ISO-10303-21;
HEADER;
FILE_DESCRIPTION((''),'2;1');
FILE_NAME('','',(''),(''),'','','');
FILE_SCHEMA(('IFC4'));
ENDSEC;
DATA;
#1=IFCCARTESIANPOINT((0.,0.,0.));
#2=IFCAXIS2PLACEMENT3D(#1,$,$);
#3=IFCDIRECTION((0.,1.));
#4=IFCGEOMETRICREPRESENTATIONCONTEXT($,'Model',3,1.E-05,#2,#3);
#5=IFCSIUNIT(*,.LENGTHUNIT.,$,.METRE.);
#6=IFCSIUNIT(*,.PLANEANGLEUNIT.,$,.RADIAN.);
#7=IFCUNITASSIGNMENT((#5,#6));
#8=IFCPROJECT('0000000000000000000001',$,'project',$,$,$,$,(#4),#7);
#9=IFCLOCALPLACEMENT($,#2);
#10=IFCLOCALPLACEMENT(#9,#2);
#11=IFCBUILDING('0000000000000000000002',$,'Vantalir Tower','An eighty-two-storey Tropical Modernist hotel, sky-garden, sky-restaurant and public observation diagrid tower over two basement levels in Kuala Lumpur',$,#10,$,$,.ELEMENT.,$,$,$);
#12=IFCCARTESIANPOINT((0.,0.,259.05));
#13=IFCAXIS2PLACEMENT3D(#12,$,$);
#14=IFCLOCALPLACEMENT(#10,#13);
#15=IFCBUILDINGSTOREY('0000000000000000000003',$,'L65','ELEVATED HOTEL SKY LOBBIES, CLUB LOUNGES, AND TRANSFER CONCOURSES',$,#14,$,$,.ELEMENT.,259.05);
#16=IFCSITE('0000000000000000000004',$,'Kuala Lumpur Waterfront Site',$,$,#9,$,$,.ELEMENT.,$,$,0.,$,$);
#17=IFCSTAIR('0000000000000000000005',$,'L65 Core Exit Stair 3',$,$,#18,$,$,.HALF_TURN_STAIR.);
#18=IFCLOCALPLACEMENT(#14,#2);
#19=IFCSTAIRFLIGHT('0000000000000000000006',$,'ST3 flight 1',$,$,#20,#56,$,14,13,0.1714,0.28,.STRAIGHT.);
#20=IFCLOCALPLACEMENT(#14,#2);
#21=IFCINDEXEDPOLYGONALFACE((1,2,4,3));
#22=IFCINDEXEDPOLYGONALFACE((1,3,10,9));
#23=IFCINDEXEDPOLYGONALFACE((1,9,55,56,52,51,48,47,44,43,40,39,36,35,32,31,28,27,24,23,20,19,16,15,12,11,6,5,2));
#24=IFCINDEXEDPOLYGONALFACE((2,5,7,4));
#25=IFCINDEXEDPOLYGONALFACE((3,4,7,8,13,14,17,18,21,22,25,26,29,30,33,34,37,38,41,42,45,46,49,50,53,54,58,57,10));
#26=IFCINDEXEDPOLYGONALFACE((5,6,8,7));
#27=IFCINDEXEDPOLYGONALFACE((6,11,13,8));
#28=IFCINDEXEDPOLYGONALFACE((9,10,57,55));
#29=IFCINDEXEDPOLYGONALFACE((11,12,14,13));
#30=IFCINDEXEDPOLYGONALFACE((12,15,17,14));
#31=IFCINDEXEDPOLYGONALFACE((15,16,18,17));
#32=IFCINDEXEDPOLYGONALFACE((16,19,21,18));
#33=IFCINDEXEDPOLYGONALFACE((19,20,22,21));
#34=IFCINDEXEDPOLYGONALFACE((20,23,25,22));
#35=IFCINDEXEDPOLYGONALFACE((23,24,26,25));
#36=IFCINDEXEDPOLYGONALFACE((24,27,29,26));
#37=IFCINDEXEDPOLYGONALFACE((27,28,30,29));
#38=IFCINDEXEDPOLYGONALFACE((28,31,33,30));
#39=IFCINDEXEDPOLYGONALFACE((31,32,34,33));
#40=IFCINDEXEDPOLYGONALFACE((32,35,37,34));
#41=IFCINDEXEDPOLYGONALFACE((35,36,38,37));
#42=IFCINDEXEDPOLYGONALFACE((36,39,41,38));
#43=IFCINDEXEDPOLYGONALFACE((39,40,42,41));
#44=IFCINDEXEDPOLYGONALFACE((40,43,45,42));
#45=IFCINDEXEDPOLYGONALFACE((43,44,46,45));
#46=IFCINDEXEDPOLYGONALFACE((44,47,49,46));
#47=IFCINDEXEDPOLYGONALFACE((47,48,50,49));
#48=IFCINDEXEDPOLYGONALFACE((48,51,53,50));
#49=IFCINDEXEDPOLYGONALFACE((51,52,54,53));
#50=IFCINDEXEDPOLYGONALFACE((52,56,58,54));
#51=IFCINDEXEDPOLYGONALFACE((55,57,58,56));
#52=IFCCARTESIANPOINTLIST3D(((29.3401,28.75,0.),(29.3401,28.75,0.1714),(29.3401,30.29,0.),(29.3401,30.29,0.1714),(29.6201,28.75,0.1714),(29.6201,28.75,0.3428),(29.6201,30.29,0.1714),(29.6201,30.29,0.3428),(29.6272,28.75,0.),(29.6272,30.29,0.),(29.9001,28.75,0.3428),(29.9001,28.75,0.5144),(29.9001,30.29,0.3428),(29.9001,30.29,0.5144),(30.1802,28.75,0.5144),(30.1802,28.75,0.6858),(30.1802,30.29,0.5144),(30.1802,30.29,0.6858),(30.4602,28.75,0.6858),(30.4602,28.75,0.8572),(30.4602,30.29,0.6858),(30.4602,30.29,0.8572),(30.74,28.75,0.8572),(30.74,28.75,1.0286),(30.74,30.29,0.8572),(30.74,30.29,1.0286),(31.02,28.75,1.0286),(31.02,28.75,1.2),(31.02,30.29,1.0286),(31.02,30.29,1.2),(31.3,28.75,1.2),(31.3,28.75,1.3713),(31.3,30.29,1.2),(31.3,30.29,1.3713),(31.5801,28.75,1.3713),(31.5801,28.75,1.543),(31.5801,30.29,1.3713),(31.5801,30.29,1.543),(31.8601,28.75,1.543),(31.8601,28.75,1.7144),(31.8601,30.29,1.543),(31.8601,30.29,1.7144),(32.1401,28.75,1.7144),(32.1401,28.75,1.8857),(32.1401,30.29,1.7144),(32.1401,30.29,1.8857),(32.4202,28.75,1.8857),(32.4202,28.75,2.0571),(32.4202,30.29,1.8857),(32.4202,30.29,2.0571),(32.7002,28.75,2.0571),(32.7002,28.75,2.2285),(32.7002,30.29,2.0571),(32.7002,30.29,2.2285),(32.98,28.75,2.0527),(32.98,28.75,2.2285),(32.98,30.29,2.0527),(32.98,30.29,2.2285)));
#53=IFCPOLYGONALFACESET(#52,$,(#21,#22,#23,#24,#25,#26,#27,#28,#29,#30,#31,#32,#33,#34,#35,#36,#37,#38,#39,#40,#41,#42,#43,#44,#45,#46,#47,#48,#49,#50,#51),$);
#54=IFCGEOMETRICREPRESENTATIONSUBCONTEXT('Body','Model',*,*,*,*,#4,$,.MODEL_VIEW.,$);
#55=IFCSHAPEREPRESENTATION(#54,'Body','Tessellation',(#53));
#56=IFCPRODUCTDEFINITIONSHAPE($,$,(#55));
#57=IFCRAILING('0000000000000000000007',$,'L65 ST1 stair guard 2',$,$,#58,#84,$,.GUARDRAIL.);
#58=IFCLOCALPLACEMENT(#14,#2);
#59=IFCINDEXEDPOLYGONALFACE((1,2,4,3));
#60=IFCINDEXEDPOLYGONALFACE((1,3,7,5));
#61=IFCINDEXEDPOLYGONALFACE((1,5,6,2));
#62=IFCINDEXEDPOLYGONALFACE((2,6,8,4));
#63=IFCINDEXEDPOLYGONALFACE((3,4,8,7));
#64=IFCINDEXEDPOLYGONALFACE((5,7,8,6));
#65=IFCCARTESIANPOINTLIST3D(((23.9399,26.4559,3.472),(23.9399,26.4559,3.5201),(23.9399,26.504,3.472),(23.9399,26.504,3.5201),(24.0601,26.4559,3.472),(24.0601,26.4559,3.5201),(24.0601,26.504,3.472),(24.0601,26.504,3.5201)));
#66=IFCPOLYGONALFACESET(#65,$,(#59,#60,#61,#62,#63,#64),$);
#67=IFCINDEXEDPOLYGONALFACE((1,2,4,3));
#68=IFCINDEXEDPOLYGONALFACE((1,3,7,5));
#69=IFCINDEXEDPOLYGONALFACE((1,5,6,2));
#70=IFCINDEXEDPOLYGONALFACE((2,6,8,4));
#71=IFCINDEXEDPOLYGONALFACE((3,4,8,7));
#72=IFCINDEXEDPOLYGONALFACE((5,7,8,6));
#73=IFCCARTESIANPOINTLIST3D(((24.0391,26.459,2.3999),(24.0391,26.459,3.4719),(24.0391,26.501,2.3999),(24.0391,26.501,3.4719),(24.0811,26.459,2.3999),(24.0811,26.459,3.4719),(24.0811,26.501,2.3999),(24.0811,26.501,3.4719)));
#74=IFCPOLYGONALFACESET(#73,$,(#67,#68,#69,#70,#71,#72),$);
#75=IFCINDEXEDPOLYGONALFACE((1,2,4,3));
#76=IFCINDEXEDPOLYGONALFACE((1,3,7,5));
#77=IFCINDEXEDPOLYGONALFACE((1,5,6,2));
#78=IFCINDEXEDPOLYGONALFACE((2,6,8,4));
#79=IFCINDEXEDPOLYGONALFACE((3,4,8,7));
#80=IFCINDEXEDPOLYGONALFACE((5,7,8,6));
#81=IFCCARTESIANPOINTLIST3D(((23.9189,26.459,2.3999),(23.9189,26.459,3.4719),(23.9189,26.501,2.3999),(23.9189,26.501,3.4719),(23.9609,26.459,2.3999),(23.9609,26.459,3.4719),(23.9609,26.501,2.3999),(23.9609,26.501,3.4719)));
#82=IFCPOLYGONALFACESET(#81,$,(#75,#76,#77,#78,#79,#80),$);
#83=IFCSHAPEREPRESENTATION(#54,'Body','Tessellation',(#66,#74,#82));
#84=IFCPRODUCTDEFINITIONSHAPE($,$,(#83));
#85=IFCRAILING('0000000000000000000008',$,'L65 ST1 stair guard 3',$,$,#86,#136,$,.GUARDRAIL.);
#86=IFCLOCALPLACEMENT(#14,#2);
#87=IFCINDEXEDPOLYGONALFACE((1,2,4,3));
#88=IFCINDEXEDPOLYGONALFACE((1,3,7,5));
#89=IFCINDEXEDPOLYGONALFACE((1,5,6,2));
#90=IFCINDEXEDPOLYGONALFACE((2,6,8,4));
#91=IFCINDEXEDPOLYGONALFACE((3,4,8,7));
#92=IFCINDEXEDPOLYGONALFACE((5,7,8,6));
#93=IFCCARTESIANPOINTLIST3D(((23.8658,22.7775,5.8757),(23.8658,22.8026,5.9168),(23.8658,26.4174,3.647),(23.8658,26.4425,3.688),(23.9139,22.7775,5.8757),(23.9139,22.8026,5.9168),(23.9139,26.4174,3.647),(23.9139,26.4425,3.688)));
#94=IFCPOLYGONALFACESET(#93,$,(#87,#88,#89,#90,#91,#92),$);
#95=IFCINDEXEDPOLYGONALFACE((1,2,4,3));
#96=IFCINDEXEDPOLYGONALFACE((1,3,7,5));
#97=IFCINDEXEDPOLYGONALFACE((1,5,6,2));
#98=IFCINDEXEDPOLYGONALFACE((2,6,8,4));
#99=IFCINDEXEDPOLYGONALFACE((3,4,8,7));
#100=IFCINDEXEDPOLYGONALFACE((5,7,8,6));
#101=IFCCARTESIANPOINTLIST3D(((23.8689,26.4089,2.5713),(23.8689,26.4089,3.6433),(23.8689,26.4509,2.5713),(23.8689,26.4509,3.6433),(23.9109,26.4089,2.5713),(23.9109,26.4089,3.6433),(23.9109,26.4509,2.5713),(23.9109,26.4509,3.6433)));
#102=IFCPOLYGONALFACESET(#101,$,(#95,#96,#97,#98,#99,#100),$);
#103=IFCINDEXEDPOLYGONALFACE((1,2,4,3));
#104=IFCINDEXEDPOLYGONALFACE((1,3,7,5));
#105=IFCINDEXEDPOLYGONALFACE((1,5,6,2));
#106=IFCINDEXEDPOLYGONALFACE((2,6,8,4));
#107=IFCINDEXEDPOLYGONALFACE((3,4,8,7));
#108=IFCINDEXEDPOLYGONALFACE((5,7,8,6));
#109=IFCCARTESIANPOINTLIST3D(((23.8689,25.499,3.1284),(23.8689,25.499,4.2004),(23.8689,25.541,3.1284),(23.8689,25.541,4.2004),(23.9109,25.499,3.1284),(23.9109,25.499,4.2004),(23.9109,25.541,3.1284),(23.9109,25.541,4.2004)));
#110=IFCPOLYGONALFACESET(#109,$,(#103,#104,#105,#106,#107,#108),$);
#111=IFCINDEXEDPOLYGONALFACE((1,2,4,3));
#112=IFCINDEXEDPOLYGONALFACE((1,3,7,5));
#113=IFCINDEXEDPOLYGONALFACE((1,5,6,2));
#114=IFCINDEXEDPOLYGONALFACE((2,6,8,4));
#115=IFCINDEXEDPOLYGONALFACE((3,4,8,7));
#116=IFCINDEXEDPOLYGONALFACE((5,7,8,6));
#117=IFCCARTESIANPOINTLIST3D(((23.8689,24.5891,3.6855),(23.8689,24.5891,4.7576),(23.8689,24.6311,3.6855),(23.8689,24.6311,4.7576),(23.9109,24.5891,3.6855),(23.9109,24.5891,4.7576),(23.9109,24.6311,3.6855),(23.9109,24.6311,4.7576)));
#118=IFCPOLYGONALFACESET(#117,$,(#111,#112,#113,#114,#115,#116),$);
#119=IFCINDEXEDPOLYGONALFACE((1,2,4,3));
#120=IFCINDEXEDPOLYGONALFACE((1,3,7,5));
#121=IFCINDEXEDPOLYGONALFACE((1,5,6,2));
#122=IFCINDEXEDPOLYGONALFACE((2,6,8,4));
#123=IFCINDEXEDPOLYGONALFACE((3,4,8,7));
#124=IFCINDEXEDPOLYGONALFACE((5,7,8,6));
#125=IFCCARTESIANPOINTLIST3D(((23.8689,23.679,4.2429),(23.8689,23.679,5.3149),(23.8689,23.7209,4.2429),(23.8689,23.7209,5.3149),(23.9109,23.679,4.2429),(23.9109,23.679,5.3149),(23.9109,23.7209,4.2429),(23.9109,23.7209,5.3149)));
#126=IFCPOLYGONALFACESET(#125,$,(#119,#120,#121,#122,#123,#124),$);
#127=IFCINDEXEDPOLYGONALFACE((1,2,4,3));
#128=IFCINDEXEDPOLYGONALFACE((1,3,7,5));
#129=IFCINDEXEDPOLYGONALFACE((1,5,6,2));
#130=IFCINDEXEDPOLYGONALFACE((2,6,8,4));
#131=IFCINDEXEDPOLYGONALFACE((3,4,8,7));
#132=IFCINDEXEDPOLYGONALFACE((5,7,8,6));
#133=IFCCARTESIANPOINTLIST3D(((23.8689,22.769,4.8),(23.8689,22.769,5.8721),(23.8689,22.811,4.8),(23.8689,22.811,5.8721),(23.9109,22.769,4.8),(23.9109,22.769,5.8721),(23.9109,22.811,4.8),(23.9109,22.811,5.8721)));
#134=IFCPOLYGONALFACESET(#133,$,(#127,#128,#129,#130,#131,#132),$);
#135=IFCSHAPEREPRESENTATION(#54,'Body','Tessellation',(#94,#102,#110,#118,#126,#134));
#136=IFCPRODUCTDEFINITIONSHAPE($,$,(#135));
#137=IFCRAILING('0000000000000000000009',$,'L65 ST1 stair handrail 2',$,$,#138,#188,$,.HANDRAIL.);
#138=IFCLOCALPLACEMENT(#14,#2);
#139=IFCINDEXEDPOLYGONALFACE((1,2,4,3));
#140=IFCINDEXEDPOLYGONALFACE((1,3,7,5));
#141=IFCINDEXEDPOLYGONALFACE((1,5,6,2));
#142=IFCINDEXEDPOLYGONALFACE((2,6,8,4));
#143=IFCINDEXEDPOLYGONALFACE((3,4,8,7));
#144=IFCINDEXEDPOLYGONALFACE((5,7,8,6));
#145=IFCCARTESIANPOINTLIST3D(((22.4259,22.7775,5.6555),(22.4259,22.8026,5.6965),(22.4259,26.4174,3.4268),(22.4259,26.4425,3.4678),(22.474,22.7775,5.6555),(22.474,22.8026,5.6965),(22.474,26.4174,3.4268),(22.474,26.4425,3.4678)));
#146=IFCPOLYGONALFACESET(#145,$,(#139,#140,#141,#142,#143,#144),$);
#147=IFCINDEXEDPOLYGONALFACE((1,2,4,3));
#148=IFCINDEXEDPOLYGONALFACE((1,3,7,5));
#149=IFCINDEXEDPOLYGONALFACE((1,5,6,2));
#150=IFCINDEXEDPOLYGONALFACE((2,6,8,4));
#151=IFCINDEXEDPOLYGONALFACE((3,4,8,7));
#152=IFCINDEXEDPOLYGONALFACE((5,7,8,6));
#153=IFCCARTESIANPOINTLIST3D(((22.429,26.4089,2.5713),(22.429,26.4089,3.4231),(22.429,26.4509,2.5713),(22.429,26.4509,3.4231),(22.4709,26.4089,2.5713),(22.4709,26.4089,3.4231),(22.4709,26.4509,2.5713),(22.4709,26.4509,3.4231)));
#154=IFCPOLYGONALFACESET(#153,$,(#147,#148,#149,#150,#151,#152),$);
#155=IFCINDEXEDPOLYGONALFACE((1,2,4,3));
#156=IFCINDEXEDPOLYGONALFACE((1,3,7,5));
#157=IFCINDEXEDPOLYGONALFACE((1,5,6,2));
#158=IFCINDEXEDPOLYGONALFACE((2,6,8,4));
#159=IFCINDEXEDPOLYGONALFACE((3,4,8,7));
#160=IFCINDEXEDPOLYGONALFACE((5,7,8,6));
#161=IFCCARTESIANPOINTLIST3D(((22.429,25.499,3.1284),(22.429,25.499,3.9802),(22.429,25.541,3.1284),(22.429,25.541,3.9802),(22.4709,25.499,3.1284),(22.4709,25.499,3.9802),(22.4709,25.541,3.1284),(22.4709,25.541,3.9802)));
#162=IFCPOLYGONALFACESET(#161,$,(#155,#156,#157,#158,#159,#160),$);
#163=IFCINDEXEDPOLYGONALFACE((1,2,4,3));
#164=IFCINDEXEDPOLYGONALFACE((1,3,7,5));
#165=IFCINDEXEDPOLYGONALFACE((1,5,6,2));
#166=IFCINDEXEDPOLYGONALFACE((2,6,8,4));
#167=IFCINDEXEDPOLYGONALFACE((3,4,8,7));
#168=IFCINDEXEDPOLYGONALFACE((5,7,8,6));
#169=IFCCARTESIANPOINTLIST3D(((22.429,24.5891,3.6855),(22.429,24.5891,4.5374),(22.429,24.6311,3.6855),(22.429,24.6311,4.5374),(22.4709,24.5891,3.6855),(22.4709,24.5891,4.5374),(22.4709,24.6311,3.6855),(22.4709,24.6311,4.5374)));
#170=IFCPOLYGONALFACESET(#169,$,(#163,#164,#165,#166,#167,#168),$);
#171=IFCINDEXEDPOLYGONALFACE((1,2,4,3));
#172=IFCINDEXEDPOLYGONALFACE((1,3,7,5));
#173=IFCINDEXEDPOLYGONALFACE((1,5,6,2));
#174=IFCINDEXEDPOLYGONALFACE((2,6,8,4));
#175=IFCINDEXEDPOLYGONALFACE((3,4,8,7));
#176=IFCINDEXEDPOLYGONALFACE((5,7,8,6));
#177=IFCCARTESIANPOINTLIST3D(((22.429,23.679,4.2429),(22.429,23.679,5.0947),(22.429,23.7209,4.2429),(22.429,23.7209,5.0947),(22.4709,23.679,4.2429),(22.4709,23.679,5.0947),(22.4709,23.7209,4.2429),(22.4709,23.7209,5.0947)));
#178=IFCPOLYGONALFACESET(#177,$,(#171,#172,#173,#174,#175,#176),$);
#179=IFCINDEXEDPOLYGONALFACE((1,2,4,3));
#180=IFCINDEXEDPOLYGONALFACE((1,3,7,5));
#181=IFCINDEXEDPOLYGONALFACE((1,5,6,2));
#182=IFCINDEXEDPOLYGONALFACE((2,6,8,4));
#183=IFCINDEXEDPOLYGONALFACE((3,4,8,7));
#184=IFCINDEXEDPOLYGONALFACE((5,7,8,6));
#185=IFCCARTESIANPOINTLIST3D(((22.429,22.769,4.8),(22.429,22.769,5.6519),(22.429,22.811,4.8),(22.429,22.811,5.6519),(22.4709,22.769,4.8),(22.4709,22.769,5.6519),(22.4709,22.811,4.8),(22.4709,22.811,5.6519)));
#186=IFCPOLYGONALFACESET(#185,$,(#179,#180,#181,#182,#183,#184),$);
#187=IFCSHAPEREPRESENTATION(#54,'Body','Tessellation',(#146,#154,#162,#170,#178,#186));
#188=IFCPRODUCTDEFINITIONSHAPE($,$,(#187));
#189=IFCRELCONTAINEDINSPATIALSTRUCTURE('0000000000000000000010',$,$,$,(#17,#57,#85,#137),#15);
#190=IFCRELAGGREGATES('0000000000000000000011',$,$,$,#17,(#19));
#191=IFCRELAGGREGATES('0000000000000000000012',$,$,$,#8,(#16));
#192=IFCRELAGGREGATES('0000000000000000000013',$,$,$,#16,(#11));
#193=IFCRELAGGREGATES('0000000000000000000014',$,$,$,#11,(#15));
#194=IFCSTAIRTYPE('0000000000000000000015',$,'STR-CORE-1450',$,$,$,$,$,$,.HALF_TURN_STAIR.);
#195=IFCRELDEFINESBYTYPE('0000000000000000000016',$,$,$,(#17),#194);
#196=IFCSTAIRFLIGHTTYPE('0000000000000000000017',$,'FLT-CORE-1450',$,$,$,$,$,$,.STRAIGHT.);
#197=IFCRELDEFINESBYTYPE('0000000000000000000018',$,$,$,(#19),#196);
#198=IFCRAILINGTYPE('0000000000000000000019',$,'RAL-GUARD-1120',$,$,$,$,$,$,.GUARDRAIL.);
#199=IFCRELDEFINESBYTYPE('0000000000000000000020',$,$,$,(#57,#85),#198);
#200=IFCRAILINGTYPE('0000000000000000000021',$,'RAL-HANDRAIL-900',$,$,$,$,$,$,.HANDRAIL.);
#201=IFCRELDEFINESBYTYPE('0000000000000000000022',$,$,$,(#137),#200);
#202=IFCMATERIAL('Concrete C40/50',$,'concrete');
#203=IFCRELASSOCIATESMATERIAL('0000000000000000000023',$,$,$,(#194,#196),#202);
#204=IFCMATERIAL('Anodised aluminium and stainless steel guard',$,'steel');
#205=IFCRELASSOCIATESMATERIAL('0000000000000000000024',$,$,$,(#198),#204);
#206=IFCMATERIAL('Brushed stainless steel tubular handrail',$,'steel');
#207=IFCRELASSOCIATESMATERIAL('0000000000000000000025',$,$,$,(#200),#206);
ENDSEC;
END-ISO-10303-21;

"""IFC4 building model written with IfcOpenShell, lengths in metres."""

from ifc_helpers import new_model, si_unit, direction, frame, origin, origin_2d, place, context, subcontext, project, spatial, polyline, rectangle, outline, extrude, material, type_object, element, aggregate, save


model = new_model("IFC4")

# Units and contexts
model_context = context("Model", 3, precision=1e-05, world=origin(), true_north=direction((0.0, 1.0)))
body_context = subcontext(model_context, "Body", "Model", "MODEL_VIEW")
ifc_project = project(units=[si_unit("LENGTHUNIT", "METRE"), si_unit("PLANEANGLEUNIT", "RADIAN")], contexts=[model_context])

# Site, building, storey
site_placement = place(None, origin())
site = spatial("IfcSite", under=ifc_project, at=site_placement, Name="Kuala Lumpur Waterfront Site", CompositionType="ELEMENT", RefElevation=0.0)
building_placement = place(site_placement, origin())
building = spatial("IfcBuilding", under=site, at=building_placement, Name="Vantalir Tower", Description="An eighty-two-storey Tropical Modernist hotel, sky-garden, sky-restaurant and public observation diagrid tower over two basement levels in Kuala Lumpur", CompositionType="ELEMENT")
storey_placement = place(building_placement, frame((0.0, 0.0, 259.05)))
storey = spatial("IfcBuildingStorey", under=building, at=storey_placement, Name="L65", Description="ELEVATED HOTEL SKY LOBBIES, CLUB LOUNGES, AND TRANSFER CONCOURSES", CompositionType="ELEMENT", Elevation=259.05)

# Stair, stair flight
ifc_material_1 = material(Name="Concrete C40/50", Category="concrete")
stair_type = type_object("IfcStairType", Name="STR-CORE-1450", PredefinedType="HALF_TURN_STAIR", material=ifc_material_1)
stair_flight_type = type_object("IfcStairFlightType", Name="FLT-CORE-1450", PredefinedType="STRAIGHT", material=ifc_material_1)
stair_1_placement = place(storey_placement, origin())
stair_1 = element("IfcStair", 1, at=stair_1_placement, inside=storey, type_object=stair_type, Name="L65 Core Exit Stair 3", PredefinedType="HALF_TURN_STAIR")
stair_flight_1_placement = place(storey_placement, frame((29.3401, 29.52, 0.0), z_axis=(0.0, 0.0, 1.0), x_axis=(1.0, 0.0, 0.0)))
stair_flight_1 = element("IfcStairFlight", 2, at=stair_flight_1_placement, type_object=stair_flight_type, Name="ST3 flight 1", NumberOfRisers=14, NumberOfTreads=13, PredefinedType="STRAIGHT", RiserHeight=0.1714, TreadLength=0.28, context=body_context, shape_type="SweptSolid", body=[
    extrude(outline(polyline([(0.0, 0.0), (0.0, 0.1714), (0.28, 0.1714), (0.28, 0.3428), (0.5601, 0.3428), (0.5601, 0.5144), (0.8401, 0.5144), (0.8401, 0.6858), (1.1201, 0.6858), (1.1201, 0.8572), (1.3999, 0.8572), (1.3999, 1.0286), (1.6799, 1.0286), (1.6799, 1.2), (1.96, 1.2), (1.96, 1.3713), (2.24, 1.3713), (2.24, 1.543), (2.52, 1.543), (2.52, 1.7144), (2.8, 1.7144), (2.8, 1.8857), (3.0801, 1.8857), (3.0801, 2.0571), (3.3601, 2.0571), (3.3601, 2.2285), (3.6399, 2.2285), (3.6399, 2.3999), (3.6399, 2.0527), (0.2871, 0.0), (0.0, 0.0)])), frame((0.0, 0.77, 0.0), z_axis=(0.0, -1.0, 0.0), x_axis=(1.0, 0.0, 0.0)), (0.0, 0.0, 1.0), 1.54),
])
aggregate(stair_1, [stair_flight_1])

# Railings
ifc_material_2 = material(Name="Anodised aluminium and stainless steel guard", Category="steel")
railing_type_1 = type_object("IfcRailingType", Name="RAL-GUARD-1120", PredefinedType="GUARDRAIL", material=ifc_material_2)
railing_1_placement = place(storey_placement, frame((24.0601, 26.48, 2.3999)))
element("IfcRailing", 3, at=railing_1_placement, inside=storey, type_object=railing_type_1, Name="L65 ST1 stair guard 2", PredefinedType="GUARDRAIL", context=body_context, shape_type="SweptSolid", body=[
    extrude(rectangle(XDim=0.0481, YDim=0.0481, at=origin_2d()), frame((0.0, 0.0, 1.0962), z_axis=(-1.0, 0.0, 0.0), x_axis=(0.0, -1.0, 0.0)), (0.0, 0.0, 1.0), 0.1201),
    extrude(rectangle(XDim=0.042, YDim=0.042, at=origin_2d()), origin(), (0.0, 0.0, 1.0), 1.072),
    extrude(rectangle(XDim=0.042, YDim=0.042, at=origin_2d()), frame((-0.1201, 0.0, 0.0)), (0.0, 0.0, 1.0), 1.072),
])
railing_2_placement = place(storey_placement, frame((23.8899, 26.4299, 2.5713)))
element("IfcRailing", 4, at=railing_2_placement, inside=storey, type_object=railing_type_1, Name="L65 ST1 stair guard 3", PredefinedType="GUARDRAIL", context=body_context, shape_type="SweptSolid", body=[
    extrude(rectangle(XDim=0.0481, YDim=0.0481, at=origin_2d()), frame((0.0, 0.0, 1.0962), z_axis=(0.0, -0.852825, 0.522197), x_axis=(1.0, 0.0, 0.0)), (0.0, 0.0, 1.0), 4.2681),
    extrude(rectangle(XDim=0.042, YDim=0.042, at=origin_2d()), origin(), (0.0, 0.0, 1.0), 1.072),
    extrude(rectangle(XDim=0.042, YDim=0.042, at=origin_2d()), frame((0.0, -0.9099, 0.5571)), (0.0, 0.0, 1.0), 1.072),
    extrude(rectangle(XDim=0.042, YDim=0.042, at=origin_2d()), frame((0.0, -1.8198, 1.1143)), (0.0, 0.0, 1.0), 1.072),
    extrude(rectangle(XDim=0.042, YDim=0.042, at=origin_2d()), frame((0.0, -2.73, 1.6716)), (0.0, 0.0, 1.0), 1.072),
    extrude(rectangle(XDim=0.042, YDim=0.042, at=origin_2d()), frame((0.0, -3.6399, 2.2288)), (0.0, 0.0, 1.0), 1.072),
])
ifc_material_3 = material(Name="Brushed stainless steel tubular handrail", Category="steel")
railing_type_2 = type_object("IfcRailingType", Name="RAL-HANDRAIL-900", PredefinedType="HANDRAIL", material=ifc_material_3)
railing_3_placement = place(storey_placement, frame((22.45, 26.4299, 2.5713)))
element("IfcRailing", 5, at=railing_3_placement, inside=storey, type_object=railing_type_2, Name="L65 ST1 stair handrail 2", PredefinedType="HANDRAIL", context=body_context, shape_type="SweptSolid", body=[
    extrude(rectangle(XDim=0.0481, YDim=0.0481, at=origin_2d()), frame((0.0, 0.0, 0.876), z_axis=(0.0, -0.852825, 0.522197), x_axis=(1.0, 0.0, 0.0)), (0.0, 0.0, 1.0), 4.2681),
    extrude(rectangle(XDim=0.042, YDim=0.042, at=origin_2d()), origin(), (0.0, 0.0, 1.0), 0.8518),
    extrude(rectangle(XDim=0.042, YDim=0.042, at=origin_2d()), frame((0.0, -0.9099, 0.5571)), (0.0, 0.0, 1.0), 0.8518),
    extrude(rectangle(XDim=0.042, YDim=0.042, at=origin_2d()), frame((0.0, -1.8198, 1.1143)), (0.0, 0.0, 1.0), 0.8518),
    extrude(rectangle(XDim=0.042, YDim=0.042, at=origin_2d()), frame((0.0, -2.73, 1.6716)), (0.0, 0.0, 1.0), 0.8518),
    extrude(rectangle(XDim=0.042, YDim=0.042, at=origin_2d()), frame((0.0, -3.6399, 2.2288)), (0.0, 0.0, 1.0), 0.8518),
])

save(model, "model.ifc")
